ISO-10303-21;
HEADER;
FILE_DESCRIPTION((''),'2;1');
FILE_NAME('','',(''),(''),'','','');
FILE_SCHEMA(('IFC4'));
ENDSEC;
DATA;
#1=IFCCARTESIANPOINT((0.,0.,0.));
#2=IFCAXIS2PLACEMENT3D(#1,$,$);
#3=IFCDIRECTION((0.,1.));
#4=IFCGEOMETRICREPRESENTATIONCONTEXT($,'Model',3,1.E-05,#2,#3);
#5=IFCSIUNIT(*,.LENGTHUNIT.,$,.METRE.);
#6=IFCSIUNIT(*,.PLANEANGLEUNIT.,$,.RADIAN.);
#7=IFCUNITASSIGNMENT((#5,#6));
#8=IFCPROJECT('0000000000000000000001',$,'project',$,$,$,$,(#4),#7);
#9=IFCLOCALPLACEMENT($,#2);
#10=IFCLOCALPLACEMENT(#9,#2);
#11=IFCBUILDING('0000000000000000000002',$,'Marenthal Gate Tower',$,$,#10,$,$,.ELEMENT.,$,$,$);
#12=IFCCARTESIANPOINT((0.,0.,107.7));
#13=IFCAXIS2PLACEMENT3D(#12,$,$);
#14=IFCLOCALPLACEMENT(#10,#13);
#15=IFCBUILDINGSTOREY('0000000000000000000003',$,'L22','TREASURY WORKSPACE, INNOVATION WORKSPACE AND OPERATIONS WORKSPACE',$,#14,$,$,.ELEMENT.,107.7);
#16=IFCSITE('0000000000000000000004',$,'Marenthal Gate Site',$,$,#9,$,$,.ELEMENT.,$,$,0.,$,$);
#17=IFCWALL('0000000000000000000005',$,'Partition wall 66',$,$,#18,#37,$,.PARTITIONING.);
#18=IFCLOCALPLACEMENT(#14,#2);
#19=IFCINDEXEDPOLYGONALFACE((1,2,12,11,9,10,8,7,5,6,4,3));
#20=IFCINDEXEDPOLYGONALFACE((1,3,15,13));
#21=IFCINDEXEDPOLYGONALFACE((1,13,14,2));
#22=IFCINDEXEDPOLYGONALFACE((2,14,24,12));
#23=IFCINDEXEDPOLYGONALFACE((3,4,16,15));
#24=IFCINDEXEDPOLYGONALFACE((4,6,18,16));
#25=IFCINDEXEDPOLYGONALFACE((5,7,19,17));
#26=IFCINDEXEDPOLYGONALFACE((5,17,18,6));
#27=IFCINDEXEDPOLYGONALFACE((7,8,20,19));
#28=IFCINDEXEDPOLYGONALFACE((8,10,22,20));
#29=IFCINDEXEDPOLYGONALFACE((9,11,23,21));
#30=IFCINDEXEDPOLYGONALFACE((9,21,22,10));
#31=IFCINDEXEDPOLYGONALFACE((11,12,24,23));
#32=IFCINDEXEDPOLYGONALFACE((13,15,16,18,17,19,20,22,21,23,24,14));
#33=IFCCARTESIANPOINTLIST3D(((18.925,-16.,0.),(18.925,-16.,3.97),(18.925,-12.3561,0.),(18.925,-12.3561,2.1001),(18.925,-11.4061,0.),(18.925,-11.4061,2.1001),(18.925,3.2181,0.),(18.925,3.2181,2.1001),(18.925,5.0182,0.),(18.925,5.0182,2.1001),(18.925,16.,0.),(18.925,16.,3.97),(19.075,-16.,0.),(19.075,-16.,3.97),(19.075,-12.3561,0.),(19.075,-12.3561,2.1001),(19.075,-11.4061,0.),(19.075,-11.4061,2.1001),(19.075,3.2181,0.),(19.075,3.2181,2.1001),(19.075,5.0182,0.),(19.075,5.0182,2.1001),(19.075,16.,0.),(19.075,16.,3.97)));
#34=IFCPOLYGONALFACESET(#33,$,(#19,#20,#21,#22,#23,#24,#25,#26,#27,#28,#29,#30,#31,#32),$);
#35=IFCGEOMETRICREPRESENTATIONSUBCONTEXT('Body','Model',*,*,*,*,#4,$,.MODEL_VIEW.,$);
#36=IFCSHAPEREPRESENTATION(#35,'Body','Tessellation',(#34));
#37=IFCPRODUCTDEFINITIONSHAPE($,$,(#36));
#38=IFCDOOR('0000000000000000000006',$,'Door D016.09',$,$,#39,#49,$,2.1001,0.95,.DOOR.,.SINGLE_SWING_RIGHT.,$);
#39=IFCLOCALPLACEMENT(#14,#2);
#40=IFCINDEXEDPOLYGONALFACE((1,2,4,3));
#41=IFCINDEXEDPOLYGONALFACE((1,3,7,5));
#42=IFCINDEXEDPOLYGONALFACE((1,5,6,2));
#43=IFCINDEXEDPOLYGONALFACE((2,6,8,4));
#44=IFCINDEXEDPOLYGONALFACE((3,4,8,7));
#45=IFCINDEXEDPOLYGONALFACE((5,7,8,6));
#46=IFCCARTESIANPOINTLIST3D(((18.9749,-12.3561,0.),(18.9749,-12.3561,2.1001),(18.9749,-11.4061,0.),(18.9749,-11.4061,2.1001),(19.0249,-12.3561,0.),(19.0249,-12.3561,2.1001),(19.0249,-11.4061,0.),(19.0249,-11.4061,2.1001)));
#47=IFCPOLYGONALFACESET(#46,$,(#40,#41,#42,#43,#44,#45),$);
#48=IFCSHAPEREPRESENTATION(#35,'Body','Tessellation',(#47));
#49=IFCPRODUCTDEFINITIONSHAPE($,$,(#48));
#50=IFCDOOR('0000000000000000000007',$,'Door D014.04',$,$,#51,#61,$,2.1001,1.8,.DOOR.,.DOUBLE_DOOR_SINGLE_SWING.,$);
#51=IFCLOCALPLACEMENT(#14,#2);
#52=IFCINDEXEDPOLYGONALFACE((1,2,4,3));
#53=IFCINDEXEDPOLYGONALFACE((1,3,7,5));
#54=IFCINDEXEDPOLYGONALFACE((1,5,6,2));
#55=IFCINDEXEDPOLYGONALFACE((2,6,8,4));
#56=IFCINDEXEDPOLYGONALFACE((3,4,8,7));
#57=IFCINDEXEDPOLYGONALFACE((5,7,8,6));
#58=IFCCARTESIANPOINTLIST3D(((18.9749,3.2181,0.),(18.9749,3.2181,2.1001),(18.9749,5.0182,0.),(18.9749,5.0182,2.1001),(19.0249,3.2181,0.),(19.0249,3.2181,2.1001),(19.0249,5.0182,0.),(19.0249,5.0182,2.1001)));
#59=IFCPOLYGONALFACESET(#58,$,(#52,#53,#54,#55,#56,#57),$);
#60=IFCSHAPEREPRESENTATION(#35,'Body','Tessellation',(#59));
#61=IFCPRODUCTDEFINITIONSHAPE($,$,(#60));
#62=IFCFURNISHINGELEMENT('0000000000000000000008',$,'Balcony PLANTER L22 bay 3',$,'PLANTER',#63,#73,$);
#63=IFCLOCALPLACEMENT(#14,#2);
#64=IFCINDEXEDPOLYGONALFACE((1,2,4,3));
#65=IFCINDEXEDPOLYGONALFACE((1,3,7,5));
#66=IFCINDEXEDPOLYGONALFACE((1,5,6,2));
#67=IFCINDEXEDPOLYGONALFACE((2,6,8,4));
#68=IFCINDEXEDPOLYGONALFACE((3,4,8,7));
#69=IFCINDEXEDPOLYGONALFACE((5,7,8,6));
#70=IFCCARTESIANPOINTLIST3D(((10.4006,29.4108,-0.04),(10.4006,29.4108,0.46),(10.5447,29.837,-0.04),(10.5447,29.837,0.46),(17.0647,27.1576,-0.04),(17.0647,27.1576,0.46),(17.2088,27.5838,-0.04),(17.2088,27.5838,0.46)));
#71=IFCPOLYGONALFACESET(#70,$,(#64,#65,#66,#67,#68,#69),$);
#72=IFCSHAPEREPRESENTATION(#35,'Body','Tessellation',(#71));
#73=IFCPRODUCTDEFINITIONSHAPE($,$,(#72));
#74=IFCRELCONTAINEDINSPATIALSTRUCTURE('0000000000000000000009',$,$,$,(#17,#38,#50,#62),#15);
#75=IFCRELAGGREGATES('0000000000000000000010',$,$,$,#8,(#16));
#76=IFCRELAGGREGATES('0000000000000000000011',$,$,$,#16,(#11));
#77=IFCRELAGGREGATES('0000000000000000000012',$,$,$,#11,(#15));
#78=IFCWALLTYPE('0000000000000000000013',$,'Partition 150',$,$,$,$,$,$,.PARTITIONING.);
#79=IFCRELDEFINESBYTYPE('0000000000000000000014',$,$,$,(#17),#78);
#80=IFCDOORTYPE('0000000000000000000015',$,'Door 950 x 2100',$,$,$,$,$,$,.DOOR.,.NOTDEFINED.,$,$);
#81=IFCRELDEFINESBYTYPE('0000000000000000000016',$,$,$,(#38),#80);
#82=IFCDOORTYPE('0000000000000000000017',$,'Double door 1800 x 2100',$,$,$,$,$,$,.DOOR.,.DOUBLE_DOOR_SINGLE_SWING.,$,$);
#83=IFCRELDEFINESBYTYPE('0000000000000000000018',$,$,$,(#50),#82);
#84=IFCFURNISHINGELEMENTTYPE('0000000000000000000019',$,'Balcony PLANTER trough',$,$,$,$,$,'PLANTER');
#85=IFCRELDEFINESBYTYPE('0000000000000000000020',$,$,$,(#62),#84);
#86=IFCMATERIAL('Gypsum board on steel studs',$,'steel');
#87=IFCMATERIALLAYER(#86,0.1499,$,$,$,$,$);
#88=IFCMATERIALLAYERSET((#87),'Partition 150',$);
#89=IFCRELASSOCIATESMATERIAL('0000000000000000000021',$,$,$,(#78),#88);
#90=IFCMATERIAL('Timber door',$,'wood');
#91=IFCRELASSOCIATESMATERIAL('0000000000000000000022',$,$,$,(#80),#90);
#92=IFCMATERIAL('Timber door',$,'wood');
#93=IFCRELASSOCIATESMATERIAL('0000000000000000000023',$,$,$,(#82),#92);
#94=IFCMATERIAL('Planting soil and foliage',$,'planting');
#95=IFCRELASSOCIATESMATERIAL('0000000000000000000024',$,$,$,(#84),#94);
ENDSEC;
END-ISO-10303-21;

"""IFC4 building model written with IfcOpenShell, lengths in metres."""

from ifc_helpers import new_model, si_unit, direction, frame, frame_2d, origin, origin_2d, place, context, subcontext, project, spatial, rectangle, extrude, material, layer, layer_set, type_object, element, fill, save


model = new_model("IFC4")

# Units and contexts
model_context = context("Model", 3, precision=1e-05, world=origin(), true_north=direction((0.0, 1.0)))
body_context = subcontext(model_context, "Body", "Model", "MODEL_VIEW")
ifc_project = project(units=[si_unit("LENGTHUNIT", "METRE"), si_unit("PLANEANGLEUNIT", "RADIAN")], contexts=[model_context])

# Site, building, storey
site_placement = place(None, origin())
site = spatial("IfcSite", under=ifc_project, at=site_placement, Name="Marenthal Gate Site", CompositionType="ELEMENT", RefElevation=0.0)
building_placement = place(site_placement, origin())
building = spatial("IfcBuilding", under=site, at=building_placement, Name="Marenthal Gate Tower", CompositionType="ELEMENT")
storey_placement = place(building_placement, frame((0.0, 0.0, 107.7)))
storey = spatial("IfcBuildingStorey", under=building, at=storey_placement, Name="L22", Description="TREASURY WORKSPACE, INNOVATION WORKSPACE AND OPERATIONS WORKSPACE", CompositionType="ELEMENT", Elevation=107.7)

# Wall, openings, doors
ifc_material_1 = material(Name="Gypsum board on steel studs", Category="steel")
ifc_layer_1 = layer(ifc_material_1, 0.1499)
ifc_layer_set_1 = layer_set([ifc_layer_1], Name="Partition 150")
wall_type_1 = type_object("IfcWallType", Name="Partition 150", PredefinedType="PARTITIONING", material=ifc_layer_set_1)
wall_1_placement = place(storey_placement, frame((19.0, 16.0, 0.0), z_axis=(0.0, 0.0, 1.0), x_axis=(0.0, -1.0, 0.0)))
wall_1 = element("IfcWall", 1, at=wall_1_placement, inside=storey, type_object=wall_type_1, Name="Partition wall 66", PredefinedType="PARTITIONING", context=body_context, shape_type="SweptSolid", body=[
    extrude(rectangle(XDim=32.0, YDim=0.1499, at=frame_2d((16.0, 0.0))), origin(), (0.0, 0.0, 1.0), 3.97),
])
opening_1_placement = place(wall_1_placement, frame((27.406, 0.0, 0.0)))
opening_1 = element("IfcOpeningElement", 2, at=opening_1_placement, cuts=wall_1, PredefinedType="OPENING", context=body_context, shape_type="SweptSolid", body=[
    extrude(rectangle(XDim=0.95, YDim=2.1001, at=frame_2d((0.4751, 1.05))), frame((0.0, 0.085, 0.0), z_axis=(0.0, -1.0, 0.0), x_axis=(1.0, 0.0, 0.0)), (0.0, 0.0, 1.0), 0.1699),
])
opening_2_placement = place(wall_1_placement, frame((10.9819, 0.0, 0.0)))
opening_2 = element("IfcOpeningElement", 3, at=opening_2_placement, cuts=wall_1, PredefinedType="OPENING", context=body_context, shape_type="SweptSolid", body=[
    extrude(rectangle(XDim=1.8, YDim=2.1001, at=frame_2d((0.8999, 1.05))), frame((0.0, 0.085, 0.0), z_axis=(0.0, -1.0, 0.0), x_axis=(1.0, 0.0, 0.0)), (0.0, 0.0, 1.0), 0.1699),
])
ifc_material_2 = material(Name="Timber door", Category="wood")
door_type_1 = type_object("IfcDoorType", Name="Door 950 x 2100", OperationType="NOTDEFINED", PredefinedType="DOOR", material=ifc_material_2)
door_1_placement = place(opening_1_placement, origin())
door_1 = element("IfcDoor", 4, at=door_1_placement, inside=storey, type_object=door_type_1, Name="Door D016.09", OperationType="SINGLE_SWING_RIGHT", OverallHeight=2.1001, OverallWidth=0.95, PredefinedType="DOOR", context=body_context, shape_type="SweptSolid", body=[
    extrude(rectangle(XDim=0.95, YDim=2.1001, at=frame_2d((0.4751, 1.05))), frame((0.0, 0.0249, 0.0), z_axis=(0.0, -1.0, 0.0), x_axis=(1.0, 0.0, 0.0)), (0.0, 0.0, 1.0), 0.05),
])
fill(opening_1, door_1)
ifc_material_3 = material(Name="Timber door", Category="wood")
door_type_2 = type_object("IfcDoorType", Name="Double door 1800 x 2100", OperationType="DOUBLE_DOOR_SINGLE_SWING", PredefinedType="DOOR", material=ifc_material_3)
door_2_placement = place(opening_2_placement, origin())
door_2 = element("IfcDoor", 5, at=door_2_placement, inside=storey, type_object=door_type_2, Name="Door D014.04", OperationType="DOUBLE_DOOR_SINGLE_SWING", OverallHeight=2.1001, OverallWidth=1.8, PredefinedType="DOOR", context=body_context, shape_type="SweptSolid", body=[
    extrude(rectangle(XDim=1.8, YDim=2.1001, at=frame_2d((0.8999, 1.05))), frame((0.0, 0.0249, 0.0), z_axis=(0.0, -1.0, 0.0), x_axis=(1.0, 0.0, 0.0)), (0.0, 0.0, 1.0), 0.05),
])
fill(opening_2, door_2)

# Furnishing element
ifc_material_4 = material(Name="Planting soil and foliage", Category="planting")
furnishing_element_type = type_object("IfcFurnishingElementType", Name="Balcony PLANTER trough", ElementType="PLANTER", material=ifc_material_4)
furnishing_placement = place(storey_placement, frame((13.8047, 28.4973, -0.04), z_axis=(0.0, 0.0, 1.0), x_axis=(-0.947316, 0.3203, 0.0)))
element("IfcFurnishingElement", 6, at=furnishing_placement, inside=storey, type_object=furnishing_element_type, Name="Balcony PLANTER L22 bay 3", ObjectType="PLANTER", context=body_context, shape_type="SweptSolid", body=[
    extrude(rectangle(XDim=7.0347, YDim=0.45, at=origin_2d()), origin(), (0.0, 0.0, 1.0), 0.5),
])

save(model, "model.ifc")
